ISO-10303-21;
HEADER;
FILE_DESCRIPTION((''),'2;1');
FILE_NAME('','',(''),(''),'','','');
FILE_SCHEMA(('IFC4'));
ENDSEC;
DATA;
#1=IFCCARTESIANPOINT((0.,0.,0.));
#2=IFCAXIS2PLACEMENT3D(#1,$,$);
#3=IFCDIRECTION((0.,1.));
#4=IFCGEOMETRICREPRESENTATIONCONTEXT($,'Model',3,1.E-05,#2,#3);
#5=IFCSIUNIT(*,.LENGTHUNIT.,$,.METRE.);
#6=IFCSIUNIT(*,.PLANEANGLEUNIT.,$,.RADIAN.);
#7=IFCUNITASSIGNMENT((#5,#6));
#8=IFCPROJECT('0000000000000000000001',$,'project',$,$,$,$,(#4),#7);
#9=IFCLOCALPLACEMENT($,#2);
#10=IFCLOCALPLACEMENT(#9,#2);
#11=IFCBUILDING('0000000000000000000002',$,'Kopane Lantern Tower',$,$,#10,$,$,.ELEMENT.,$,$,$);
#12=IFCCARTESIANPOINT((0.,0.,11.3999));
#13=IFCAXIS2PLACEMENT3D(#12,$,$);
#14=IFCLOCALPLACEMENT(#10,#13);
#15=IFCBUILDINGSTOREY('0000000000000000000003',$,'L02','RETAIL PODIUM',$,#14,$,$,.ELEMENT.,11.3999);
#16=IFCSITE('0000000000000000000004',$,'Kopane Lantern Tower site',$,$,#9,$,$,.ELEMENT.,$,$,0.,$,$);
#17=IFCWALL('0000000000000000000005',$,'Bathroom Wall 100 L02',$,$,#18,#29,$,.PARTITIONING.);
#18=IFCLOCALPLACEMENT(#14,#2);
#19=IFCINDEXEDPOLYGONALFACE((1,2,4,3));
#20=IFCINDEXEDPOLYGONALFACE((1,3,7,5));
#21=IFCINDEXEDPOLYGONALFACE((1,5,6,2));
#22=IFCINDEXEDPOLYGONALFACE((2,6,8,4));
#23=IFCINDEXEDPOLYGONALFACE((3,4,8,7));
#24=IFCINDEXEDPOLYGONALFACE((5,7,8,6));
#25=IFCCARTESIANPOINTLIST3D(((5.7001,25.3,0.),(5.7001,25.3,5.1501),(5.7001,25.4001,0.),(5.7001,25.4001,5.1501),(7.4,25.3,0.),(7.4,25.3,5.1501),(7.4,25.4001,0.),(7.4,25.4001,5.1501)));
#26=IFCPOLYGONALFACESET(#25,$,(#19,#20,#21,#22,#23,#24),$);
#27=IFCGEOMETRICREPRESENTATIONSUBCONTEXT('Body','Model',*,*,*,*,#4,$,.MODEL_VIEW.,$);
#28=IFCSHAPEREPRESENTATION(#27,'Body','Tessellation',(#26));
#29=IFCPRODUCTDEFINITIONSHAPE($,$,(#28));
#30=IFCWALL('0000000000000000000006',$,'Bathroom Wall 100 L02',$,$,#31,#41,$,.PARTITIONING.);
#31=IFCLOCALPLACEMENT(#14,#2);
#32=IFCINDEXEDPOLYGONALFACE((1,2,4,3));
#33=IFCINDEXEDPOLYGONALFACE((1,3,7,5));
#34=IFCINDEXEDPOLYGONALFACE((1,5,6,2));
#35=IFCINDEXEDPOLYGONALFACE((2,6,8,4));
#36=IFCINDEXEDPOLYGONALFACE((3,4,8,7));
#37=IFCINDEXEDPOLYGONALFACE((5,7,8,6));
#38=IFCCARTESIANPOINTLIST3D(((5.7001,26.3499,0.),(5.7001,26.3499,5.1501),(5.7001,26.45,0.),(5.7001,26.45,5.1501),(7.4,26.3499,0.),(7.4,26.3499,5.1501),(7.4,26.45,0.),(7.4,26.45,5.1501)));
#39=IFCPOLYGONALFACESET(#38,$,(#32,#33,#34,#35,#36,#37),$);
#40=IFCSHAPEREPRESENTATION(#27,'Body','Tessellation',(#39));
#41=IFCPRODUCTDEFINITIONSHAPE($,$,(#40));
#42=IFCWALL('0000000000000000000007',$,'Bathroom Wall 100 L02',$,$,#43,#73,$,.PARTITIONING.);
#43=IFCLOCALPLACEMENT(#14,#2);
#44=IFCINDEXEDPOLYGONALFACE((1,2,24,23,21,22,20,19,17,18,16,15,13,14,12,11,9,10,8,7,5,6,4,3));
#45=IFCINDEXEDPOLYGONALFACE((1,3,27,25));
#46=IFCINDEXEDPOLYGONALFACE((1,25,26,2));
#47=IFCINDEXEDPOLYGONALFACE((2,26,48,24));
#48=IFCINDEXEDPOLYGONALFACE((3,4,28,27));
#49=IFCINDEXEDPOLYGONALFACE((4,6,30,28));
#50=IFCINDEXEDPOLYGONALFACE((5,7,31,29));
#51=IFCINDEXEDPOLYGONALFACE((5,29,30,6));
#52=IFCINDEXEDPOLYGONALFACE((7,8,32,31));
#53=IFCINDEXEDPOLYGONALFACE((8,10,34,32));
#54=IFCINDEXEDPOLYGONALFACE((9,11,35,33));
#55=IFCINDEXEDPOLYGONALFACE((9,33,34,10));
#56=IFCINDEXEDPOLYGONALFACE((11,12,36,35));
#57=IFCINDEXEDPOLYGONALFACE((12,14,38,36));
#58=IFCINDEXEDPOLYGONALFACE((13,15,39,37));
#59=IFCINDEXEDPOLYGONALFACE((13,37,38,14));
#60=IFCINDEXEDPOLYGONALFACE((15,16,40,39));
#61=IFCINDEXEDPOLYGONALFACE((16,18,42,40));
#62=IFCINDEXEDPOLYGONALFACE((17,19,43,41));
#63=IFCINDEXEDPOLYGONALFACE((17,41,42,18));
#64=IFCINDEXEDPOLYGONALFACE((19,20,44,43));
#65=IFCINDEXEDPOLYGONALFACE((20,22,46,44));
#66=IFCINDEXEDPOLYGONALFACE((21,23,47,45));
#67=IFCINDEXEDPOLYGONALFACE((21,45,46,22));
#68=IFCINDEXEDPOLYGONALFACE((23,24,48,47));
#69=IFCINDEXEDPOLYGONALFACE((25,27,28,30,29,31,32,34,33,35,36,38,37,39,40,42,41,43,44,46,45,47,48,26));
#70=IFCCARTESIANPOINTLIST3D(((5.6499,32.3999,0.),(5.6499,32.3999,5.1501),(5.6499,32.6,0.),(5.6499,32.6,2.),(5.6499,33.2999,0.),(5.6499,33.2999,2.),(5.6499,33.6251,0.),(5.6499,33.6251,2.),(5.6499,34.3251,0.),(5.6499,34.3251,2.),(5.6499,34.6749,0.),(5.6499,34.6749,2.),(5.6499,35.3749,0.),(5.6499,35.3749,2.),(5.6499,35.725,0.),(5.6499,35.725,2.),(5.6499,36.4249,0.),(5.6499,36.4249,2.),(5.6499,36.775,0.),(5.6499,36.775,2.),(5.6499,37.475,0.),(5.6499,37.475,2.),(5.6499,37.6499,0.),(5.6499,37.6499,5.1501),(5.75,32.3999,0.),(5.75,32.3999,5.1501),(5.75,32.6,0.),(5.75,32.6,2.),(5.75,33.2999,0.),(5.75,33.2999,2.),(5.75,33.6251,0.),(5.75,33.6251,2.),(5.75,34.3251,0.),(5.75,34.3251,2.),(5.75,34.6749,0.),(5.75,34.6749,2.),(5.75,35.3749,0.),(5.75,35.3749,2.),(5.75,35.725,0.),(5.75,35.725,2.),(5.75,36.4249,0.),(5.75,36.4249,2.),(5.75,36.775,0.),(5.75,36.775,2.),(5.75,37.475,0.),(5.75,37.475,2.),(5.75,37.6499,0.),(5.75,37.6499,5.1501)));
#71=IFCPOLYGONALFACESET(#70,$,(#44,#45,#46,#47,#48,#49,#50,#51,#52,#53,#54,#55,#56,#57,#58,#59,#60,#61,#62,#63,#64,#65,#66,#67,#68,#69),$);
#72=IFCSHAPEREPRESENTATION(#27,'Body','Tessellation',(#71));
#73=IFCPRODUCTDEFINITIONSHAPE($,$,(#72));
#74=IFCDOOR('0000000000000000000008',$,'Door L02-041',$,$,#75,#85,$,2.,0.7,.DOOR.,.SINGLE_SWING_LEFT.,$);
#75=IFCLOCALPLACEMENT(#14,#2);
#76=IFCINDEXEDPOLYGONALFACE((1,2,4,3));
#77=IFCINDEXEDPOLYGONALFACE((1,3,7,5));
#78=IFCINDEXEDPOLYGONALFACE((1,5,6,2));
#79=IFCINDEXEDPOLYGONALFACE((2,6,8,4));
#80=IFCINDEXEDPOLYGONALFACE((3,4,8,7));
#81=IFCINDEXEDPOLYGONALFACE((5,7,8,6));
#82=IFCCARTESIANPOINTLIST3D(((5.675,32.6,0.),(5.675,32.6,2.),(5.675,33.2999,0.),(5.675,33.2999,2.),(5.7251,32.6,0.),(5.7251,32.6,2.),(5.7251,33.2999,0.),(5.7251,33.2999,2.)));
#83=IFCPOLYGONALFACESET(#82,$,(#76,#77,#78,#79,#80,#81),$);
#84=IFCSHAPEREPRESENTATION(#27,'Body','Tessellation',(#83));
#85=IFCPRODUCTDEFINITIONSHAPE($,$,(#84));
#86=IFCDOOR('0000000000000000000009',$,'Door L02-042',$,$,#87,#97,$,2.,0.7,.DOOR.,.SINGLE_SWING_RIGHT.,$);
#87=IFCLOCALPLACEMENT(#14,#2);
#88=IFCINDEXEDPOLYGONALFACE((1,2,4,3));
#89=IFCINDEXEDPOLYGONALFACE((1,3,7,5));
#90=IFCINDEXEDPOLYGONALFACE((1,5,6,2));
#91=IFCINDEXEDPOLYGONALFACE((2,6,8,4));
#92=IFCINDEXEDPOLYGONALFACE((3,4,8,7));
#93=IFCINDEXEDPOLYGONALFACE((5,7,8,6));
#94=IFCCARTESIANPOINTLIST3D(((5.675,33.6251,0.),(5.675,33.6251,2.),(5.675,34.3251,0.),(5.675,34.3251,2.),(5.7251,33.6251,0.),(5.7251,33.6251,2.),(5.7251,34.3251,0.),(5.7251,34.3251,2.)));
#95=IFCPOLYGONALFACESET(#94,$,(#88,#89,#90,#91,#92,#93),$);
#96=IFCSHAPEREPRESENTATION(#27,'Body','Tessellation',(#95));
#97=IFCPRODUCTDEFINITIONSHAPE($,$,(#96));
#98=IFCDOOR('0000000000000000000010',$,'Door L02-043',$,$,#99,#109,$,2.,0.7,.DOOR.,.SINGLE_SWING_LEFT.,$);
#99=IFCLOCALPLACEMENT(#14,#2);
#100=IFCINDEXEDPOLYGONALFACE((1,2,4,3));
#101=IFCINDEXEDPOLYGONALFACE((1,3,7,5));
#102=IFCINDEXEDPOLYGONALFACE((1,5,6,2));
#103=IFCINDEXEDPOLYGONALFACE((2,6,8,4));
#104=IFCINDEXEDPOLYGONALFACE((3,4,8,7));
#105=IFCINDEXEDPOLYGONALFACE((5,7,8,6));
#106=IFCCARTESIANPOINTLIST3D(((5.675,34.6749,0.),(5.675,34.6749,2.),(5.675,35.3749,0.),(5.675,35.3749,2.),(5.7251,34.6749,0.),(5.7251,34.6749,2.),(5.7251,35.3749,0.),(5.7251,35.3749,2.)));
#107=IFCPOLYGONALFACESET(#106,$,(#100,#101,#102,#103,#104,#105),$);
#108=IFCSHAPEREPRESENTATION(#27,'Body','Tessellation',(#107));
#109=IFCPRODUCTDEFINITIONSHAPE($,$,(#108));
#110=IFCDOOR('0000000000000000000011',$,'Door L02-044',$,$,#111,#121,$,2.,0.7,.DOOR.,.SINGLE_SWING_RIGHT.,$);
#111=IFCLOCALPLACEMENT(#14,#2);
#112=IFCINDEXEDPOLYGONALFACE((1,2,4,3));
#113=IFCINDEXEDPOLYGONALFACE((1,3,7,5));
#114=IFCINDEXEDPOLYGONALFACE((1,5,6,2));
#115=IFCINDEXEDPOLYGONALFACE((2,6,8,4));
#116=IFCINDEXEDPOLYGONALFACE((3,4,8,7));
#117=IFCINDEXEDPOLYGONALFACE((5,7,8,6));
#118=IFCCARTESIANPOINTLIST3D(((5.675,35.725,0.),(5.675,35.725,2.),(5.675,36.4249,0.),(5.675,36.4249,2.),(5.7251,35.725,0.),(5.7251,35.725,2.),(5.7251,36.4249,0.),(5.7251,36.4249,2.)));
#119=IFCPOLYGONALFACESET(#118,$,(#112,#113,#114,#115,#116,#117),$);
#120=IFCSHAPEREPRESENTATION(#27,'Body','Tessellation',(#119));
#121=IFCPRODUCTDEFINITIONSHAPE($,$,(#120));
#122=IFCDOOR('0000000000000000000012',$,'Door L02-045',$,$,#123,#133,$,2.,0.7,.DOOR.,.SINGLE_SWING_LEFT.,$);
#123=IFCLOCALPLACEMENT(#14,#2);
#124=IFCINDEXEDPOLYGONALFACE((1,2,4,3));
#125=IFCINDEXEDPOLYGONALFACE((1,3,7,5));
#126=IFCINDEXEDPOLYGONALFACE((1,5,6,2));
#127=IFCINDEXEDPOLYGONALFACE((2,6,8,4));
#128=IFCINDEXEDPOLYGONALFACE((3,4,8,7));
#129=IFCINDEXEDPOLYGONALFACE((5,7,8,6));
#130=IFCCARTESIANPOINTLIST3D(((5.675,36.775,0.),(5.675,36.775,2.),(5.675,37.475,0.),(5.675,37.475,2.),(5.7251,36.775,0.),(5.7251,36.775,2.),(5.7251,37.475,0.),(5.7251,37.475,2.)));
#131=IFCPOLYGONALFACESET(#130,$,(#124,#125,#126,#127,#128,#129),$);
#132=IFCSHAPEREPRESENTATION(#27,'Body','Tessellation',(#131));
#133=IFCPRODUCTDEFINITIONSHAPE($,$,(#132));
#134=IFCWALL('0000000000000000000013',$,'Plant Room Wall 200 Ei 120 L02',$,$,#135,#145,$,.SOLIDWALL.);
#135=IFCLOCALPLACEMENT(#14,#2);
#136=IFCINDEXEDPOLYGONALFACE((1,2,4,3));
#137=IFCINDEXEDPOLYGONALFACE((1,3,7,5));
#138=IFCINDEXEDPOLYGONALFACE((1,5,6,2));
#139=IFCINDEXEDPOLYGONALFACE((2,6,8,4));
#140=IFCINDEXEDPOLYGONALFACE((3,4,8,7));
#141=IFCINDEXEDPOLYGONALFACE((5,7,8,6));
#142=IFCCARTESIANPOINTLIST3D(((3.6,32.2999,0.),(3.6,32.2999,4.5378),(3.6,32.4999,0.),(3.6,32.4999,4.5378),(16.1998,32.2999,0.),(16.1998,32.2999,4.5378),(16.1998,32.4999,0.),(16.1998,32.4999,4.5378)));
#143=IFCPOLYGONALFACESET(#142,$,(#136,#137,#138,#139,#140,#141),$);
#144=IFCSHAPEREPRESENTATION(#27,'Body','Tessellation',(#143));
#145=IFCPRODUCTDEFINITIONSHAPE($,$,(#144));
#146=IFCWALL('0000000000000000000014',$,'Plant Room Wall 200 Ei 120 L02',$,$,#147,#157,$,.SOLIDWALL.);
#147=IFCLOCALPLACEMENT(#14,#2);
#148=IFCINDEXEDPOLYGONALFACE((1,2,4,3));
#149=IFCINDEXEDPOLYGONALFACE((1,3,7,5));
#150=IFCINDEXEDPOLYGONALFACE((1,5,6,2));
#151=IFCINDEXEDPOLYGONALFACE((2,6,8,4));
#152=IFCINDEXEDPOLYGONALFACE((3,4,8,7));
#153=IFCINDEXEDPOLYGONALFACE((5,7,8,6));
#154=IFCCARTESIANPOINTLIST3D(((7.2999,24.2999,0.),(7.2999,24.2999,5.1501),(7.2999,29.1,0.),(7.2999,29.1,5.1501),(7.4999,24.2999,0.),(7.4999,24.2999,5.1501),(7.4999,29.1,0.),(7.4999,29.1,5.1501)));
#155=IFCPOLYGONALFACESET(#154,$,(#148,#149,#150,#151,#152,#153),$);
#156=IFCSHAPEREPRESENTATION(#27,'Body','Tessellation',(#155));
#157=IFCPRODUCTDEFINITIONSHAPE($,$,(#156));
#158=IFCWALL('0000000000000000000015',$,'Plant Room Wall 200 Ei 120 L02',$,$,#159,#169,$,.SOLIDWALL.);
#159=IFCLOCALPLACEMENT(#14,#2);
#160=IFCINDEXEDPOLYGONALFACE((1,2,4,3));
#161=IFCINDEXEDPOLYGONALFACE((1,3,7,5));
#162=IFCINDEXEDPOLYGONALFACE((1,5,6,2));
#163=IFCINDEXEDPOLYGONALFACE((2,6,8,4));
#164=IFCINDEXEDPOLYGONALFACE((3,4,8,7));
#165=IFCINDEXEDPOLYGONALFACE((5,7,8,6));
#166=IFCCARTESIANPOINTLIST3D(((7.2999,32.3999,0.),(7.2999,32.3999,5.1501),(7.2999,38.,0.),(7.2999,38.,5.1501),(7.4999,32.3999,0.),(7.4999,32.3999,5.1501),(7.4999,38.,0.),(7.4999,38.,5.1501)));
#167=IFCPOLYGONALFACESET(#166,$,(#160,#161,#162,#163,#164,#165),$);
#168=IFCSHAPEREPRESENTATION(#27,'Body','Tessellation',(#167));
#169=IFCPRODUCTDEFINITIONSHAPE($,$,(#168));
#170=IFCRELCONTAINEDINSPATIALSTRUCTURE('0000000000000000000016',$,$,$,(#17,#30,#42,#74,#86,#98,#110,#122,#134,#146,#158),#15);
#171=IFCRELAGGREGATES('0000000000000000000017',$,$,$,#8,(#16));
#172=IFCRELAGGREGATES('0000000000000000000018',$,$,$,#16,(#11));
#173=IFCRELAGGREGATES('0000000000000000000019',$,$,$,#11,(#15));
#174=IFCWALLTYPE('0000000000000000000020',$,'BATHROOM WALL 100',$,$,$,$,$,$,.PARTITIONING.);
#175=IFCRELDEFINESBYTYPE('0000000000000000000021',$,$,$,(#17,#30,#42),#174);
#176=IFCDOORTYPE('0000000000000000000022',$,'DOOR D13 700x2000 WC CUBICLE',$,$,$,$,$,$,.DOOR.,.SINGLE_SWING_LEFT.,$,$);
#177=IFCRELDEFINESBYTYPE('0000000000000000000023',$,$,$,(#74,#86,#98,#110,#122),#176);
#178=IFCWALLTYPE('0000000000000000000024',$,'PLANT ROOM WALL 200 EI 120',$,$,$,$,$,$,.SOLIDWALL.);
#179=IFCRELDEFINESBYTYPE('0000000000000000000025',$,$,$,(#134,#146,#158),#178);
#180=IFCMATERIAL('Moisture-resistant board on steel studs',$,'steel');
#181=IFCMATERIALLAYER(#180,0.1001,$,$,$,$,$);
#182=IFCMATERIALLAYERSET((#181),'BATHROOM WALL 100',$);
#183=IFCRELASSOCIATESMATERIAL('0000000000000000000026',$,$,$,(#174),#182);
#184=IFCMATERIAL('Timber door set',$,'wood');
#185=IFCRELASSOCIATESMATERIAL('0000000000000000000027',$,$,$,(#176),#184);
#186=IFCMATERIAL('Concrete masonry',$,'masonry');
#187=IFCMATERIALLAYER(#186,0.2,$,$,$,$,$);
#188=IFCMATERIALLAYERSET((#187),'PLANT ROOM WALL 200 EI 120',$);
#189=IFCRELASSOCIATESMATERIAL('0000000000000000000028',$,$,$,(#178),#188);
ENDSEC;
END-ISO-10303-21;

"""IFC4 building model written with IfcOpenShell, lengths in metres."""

from ifc_helpers import new_model, si_unit, direction, frame, frame_2d, origin, place, context, subcontext, project, spatial, rectangle, extrude, material, layer, layer_set, type_object, element, fill, save


model = new_model("IFC4")

# Units and contexts
model_context = context("Model", 3, precision=1e-05, world=origin(), true_north=direction((0.0, 1.0)))
body_context = subcontext(model_context, "Body", "Model", "MODEL_VIEW")
ifc_project = project(units=[si_unit("LENGTHUNIT", "METRE"), si_unit("PLANEANGLEUNIT", "RADIAN")], contexts=[model_context])

# Site, building, storey
site_placement = place(None, origin())
site = spatial("IfcSite", under=ifc_project, at=site_placement, Name="Kopane Lantern Tower site", CompositionType="ELEMENT", RefElevation=0.0)
building_placement = place(site_placement, origin())
building = spatial("IfcBuilding", under=site, at=building_placement, Name="Kopane Lantern Tower", CompositionType="ELEMENT")
storey_placement = place(building_placement, frame((0.0, 0.0, 11.3999)))
storey = spatial("IfcBuildingStorey", under=building, at=storey_placement, Name="L02", Description="RETAIL PODIUM", CompositionType="ELEMENT", Elevation=11.3999)

# Shared definitions
ifc_material_1 = material(Name="Moisture-resistant board on steel studs", Category="steel")
ifc_layer_1 = layer(ifc_material_1, 0.1001)
ifc_layer_set_1 = layer_set([ifc_layer_1], Name="BATHROOM WALL 100")
wall_type_1 = type_object("IfcWallType", Name="BATHROOM WALL 100", PredefinedType="PARTITIONING", material=ifc_layer_set_1)
ifc_material_2 = material(Name="Timber door set", Category="wood")
door_type = type_object("IfcDoorType", Name="DOOR D13 700x2000 WC CUBICLE", OperationType="SINGLE_SWING_LEFT", PredefinedType="DOOR", material=ifc_material_2)

# Walls
for number, where, z_axis, x_axis, name in (
    (1, (5.7, 25.3501, 0.0), (0.0, 0.0, 1.0), (1.0, 0.0, 0.0), "Bathroom Wall 100 L02"),
    (2, (5.7, 26.3999, 0.0), (0.0, 0.0, 1.0), (1.0, 0.0, 0.0), "Bathroom Wall 100 L02"),
):
    element("IfcWall", number, at=place(storey_placement, frame(where, z_axis=z_axis, x_axis=x_axis)), inside=storey, type_object=wall_type_1, Name=name, PredefinedType="PARTITIONING", context=body_context, shape_type="SweptSolid", body=[
        extrude(rectangle(XDim=1.7, YDim=0.1001, at=frame_2d((0.8501, 0.0))), origin(), (0.0, 0.0, 1.0), 5.1501),
    ])

# Wall, openings, doors
wall_1_placement = place(storey_placement, frame((5.7, 32.3999, 0.0), z_axis=(0.0, 0.0, 1.0), x_axis=(0.0, 1.0, 0.0)))
wall_1 = element("IfcWall", 3, at=wall_1_placement, inside=storey, type_object=wall_type_1, Name="Bathroom Wall 100 L02", PredefinedType="PARTITIONING", context=body_context, shape_type="SweptSolid", body=[
    extrude(rectangle(XDim=5.25, YDim=0.1001, at=frame_2d((2.625, 0.0))), origin(), (0.0, 0.0, 1.0), 5.1501),
])
opening_1_placement = place(wall_1_placement, frame((0.2, 0.0, 0.0)))
opening_1 = element("IfcOpeningElement", 4, at=opening_1_placement, cuts=wall_1, PredefinedType="OPENING", context=body_context, shape_type="SweptSolid", body=[
    extrude(rectangle(XDim=0.7, YDim=2.0, at=frame_2d((0.3501, 1.0))), frame((0.0, 0.0601, 0.0), z_axis=(0.0, -1.0, 0.0), x_axis=(1.0, 0.0, 0.0)), (0.0, 0.0, 1.0), 0.1201),
])
opening_2_placement = place(wall_1_placement, frame((1.2251, 0.0, 0.0)))
opening_2 = element("IfcOpeningElement", 5, at=opening_2_placement, cuts=wall_1, PredefinedType="OPENING", context=body_context, shape_type="SweptSolid", body=[
    extrude(rectangle(XDim=0.7, YDim=2.0, at=frame_2d((0.3501, 1.0))), frame((0.0, 0.0601, 0.0), z_axis=(0.0, -1.0, 0.0), x_axis=(1.0, 0.0, 0.0)), (0.0, 0.0, 1.0), 0.1201),
])
opening_3_placement = place(wall_1_placement, frame((2.2749, 0.0, 0.0)))
opening_3 = element("IfcOpeningElement", 6, at=opening_3_placement, cuts=wall_1, PredefinedType="OPENING", context=body_context, shape_type="SweptSolid", body=[
    extrude(rectangle(XDim=0.7, YDim=2.0, at=frame_2d((0.3501, 1.0))), frame((0.0, 0.0601, 0.0), z_axis=(0.0, -1.0, 0.0), x_axis=(1.0, 0.0, 0.0)), (0.0, 0.0, 1.0), 0.1201),
])
opening_4_placement = place(wall_1_placement, frame((3.325, 0.0, 0.0)))
opening_4 = element("IfcOpeningElement", 7, at=opening_4_placement, cuts=wall_1, PredefinedType="OPENING", context=body_context, shape_type="SweptSolid", body=[
    extrude(rectangle(XDim=0.7, YDim=2.0, at=frame_2d((0.3501, 1.0))), frame((0.0, 0.0601, 0.0), z_axis=(0.0, -1.0, 0.0), x_axis=(1.0, 0.0, 0.0)), (0.0, 0.0, 1.0), 0.1201),
])
opening_5_placement = place(wall_1_placement, frame((4.375, 0.0, 0.0)))
opening_5 = element("IfcOpeningElement", 8, at=opening_5_placement, cuts=wall_1, PredefinedType="OPENING", context=body_context, shape_type="SweptSolid", body=[
    extrude(rectangle(XDim=0.7, YDim=2.0, at=frame_2d((0.3501, 1.0))), frame((0.0, 0.0601, 0.0), z_axis=(0.0, -1.0, 0.0), x_axis=(1.0, 0.0, 0.0)), (0.0, 0.0, 1.0), 0.1201),
])
door_1_placement = place(opening_1_placement, origin())
door_1 = element("IfcDoor", 9, at=door_1_placement, inside=storey, type_object=door_type, Name="Door L02-041", OperationType="SINGLE_SWING_LEFT", OverallHeight=2.0, OverallWidth=0.7, PredefinedType="DOOR", context=body_context, shape_type="SweptSolid", body=[
    extrude(rectangle(XDim=0.7, YDim=2.0, at=frame_2d((0.3501, 1.0))), frame((0.0, 0.0249, 0.0), z_axis=(0.0, -1.0, 0.0), x_axis=(1.0, 0.0, 0.0)), (0.0, 0.0, 1.0), 0.05),
])
fill(opening_1, door_1)
door_2_placement = place(opening_2_placement, origin())
door_2 = element("IfcDoor", 10, at=door_2_placement, inside=storey, type_object=door_type, Name="Door L02-042", OperationType="SINGLE_SWING_RIGHT", OverallHeight=2.0, OverallWidth=0.7, PredefinedType="DOOR", context=body_context, shape_type="SweptSolid", body=[
    extrude(rectangle(XDim=0.7, YDim=2.0, at=frame_2d((0.3501, 1.0))), frame((0.0, 0.0249, 0.0), z_axis=(0.0, -1.0, 0.0), x_axis=(1.0, 0.0, 0.0)), (0.0, 0.0, 1.0), 0.05),
])
fill(opening_2, door_2)
door_3_placement = place(opening_3_placement, origin())
door_3 = element("IfcDoor", 11, at=door_3_placement, inside=storey, type_object=door_type, Name="Door L02-043", OperationType="SINGLE_SWING_LEFT", OverallHeight=2.0, OverallWidth=0.7, PredefinedType="DOOR", context=body_context, shape_type="SweptSolid", body=[
    extrude(rectangle(XDim=0.7, YDim=2.0, at=frame_2d((0.3501, 1.0))), frame((0.0, 0.0249, 0.0), z_axis=(0.0, -1.0, 0.0), x_axis=(1.0, 0.0, 0.0)), (0.0, 0.0, 1.0), 0.05),
])
fill(opening_3, door_3)
door_4_placement = place(opening_4_placement, origin())
door_4 = element("IfcDoor", 12, at=door_4_placement, inside=storey, type_object=door_type, Name="Door L02-044", OperationType="SINGLE_SWING_RIGHT", OverallHeight=2.0, OverallWidth=0.7, PredefinedType="DOOR", context=body_context, shape_type="SweptSolid", body=[
    extrude(rectangle(XDim=0.7, YDim=2.0, at=frame_2d((0.3501, 1.0))), frame((0.0, 0.0249, 0.0), z_axis=(0.0, -1.0, 0.0), x_axis=(1.0, 0.0, 0.0)), (0.0, 0.0, 1.0), 0.05),
])
fill(opening_4, door_4)
door_5_placement = place(opening_5_placement, origin())
door_5 = element("IfcDoor", 13, at=door_5_placement, inside=storey, type_object=door_type, Name="Door L02-045", OperationType="SINGLE_SWING_LEFT", OverallHeight=2.0, OverallWidth=0.7, PredefinedType="DOOR", context=body_context, shape_type="SweptSolid", body=[
    extrude(rectangle(XDim=0.7, YDim=2.0, at=frame_2d((0.3501, 1.0))), frame((0.0, 0.0249, 0.0), z_axis=(0.0, -1.0, 0.0), x_axis=(1.0, 0.0, 0.0)), (0.0, 0.0, 1.0), 0.05),
])
fill(opening_5, door_5)

# Walls
ifc_material_3 = material(Name="Concrete masonry", Category="masonry")
ifc_layer_2 = layer(ifc_material_3, 0.2)
ifc_layer_set_2 = layer_set([ifc_layer_2], Name="PLANT ROOM WALL 200 EI 120")
wall_type_2 = type_object("IfcWallType", Name="PLANT ROOM WALL 200 EI 120", PredefinedType="SOLIDWALL", material=ifc_layer_set_2)
wall_2_placement = place(storey_placement, frame((3.6001, 32.3999, 0.0), z_axis=(0.0, 0.0, 1.0), x_axis=(1.0, 0.0, 0.0)))
element("IfcWall", 14, at=wall_2_placement, inside=storey, type_object=wall_type_2, Name="Plant Room Wall 200 Ei 120 L02", PredefinedType="SOLIDWALL", context=body_context, shape_type="SweptSolid", body=[
    extrude(rectangle(XDim=12.5999, YDim=0.2, at=frame_2d((6.2998, 0.0))), origin(), (0.0, 0.0, 1.0), 4.5378),
])
wall_3_placement = place(storey_placement, frame((7.3999, 24.3, 0.0), z_axis=(0.0, 0.0, 1.0), x_axis=(0.0, 1.0, 0.0)))
element("IfcWall", 15, at=wall_3_placement, inside=storey, type_object=wall_type_2, Name="Plant Room Wall 200 Ei 120 L02", PredefinedType="SOLIDWALL", context=body_context, shape_type="SweptSolid", body=[
    extrude(rectangle(XDim=4.8, YDim=0.2, at=frame_2d((2.3999, 0.0))), origin(), (0.0, 0.0, 1.0), 5.1501),
])
wall_4_placement = place(storey_placement, frame((7.3999, 32.3999, 0.0), z_axis=(0.0, 0.0, 1.0), x_axis=(0.0, 1.0, 0.0)))
element("IfcWall", 16, at=wall_4_placement, inside=storey, type_object=wall_type_2, Name="Plant Room Wall 200 Ei 120 L02", PredefinedType="SOLIDWALL", context=body_context, shape_type="SweptSolid", body=[
    extrude(rectangle(XDim=5.6001, YDim=0.2, at=frame_2d((2.8, 0.0))), origin(), (0.0, 0.0, 1.0), 5.1501),
])

save(model, "model.ifc")
